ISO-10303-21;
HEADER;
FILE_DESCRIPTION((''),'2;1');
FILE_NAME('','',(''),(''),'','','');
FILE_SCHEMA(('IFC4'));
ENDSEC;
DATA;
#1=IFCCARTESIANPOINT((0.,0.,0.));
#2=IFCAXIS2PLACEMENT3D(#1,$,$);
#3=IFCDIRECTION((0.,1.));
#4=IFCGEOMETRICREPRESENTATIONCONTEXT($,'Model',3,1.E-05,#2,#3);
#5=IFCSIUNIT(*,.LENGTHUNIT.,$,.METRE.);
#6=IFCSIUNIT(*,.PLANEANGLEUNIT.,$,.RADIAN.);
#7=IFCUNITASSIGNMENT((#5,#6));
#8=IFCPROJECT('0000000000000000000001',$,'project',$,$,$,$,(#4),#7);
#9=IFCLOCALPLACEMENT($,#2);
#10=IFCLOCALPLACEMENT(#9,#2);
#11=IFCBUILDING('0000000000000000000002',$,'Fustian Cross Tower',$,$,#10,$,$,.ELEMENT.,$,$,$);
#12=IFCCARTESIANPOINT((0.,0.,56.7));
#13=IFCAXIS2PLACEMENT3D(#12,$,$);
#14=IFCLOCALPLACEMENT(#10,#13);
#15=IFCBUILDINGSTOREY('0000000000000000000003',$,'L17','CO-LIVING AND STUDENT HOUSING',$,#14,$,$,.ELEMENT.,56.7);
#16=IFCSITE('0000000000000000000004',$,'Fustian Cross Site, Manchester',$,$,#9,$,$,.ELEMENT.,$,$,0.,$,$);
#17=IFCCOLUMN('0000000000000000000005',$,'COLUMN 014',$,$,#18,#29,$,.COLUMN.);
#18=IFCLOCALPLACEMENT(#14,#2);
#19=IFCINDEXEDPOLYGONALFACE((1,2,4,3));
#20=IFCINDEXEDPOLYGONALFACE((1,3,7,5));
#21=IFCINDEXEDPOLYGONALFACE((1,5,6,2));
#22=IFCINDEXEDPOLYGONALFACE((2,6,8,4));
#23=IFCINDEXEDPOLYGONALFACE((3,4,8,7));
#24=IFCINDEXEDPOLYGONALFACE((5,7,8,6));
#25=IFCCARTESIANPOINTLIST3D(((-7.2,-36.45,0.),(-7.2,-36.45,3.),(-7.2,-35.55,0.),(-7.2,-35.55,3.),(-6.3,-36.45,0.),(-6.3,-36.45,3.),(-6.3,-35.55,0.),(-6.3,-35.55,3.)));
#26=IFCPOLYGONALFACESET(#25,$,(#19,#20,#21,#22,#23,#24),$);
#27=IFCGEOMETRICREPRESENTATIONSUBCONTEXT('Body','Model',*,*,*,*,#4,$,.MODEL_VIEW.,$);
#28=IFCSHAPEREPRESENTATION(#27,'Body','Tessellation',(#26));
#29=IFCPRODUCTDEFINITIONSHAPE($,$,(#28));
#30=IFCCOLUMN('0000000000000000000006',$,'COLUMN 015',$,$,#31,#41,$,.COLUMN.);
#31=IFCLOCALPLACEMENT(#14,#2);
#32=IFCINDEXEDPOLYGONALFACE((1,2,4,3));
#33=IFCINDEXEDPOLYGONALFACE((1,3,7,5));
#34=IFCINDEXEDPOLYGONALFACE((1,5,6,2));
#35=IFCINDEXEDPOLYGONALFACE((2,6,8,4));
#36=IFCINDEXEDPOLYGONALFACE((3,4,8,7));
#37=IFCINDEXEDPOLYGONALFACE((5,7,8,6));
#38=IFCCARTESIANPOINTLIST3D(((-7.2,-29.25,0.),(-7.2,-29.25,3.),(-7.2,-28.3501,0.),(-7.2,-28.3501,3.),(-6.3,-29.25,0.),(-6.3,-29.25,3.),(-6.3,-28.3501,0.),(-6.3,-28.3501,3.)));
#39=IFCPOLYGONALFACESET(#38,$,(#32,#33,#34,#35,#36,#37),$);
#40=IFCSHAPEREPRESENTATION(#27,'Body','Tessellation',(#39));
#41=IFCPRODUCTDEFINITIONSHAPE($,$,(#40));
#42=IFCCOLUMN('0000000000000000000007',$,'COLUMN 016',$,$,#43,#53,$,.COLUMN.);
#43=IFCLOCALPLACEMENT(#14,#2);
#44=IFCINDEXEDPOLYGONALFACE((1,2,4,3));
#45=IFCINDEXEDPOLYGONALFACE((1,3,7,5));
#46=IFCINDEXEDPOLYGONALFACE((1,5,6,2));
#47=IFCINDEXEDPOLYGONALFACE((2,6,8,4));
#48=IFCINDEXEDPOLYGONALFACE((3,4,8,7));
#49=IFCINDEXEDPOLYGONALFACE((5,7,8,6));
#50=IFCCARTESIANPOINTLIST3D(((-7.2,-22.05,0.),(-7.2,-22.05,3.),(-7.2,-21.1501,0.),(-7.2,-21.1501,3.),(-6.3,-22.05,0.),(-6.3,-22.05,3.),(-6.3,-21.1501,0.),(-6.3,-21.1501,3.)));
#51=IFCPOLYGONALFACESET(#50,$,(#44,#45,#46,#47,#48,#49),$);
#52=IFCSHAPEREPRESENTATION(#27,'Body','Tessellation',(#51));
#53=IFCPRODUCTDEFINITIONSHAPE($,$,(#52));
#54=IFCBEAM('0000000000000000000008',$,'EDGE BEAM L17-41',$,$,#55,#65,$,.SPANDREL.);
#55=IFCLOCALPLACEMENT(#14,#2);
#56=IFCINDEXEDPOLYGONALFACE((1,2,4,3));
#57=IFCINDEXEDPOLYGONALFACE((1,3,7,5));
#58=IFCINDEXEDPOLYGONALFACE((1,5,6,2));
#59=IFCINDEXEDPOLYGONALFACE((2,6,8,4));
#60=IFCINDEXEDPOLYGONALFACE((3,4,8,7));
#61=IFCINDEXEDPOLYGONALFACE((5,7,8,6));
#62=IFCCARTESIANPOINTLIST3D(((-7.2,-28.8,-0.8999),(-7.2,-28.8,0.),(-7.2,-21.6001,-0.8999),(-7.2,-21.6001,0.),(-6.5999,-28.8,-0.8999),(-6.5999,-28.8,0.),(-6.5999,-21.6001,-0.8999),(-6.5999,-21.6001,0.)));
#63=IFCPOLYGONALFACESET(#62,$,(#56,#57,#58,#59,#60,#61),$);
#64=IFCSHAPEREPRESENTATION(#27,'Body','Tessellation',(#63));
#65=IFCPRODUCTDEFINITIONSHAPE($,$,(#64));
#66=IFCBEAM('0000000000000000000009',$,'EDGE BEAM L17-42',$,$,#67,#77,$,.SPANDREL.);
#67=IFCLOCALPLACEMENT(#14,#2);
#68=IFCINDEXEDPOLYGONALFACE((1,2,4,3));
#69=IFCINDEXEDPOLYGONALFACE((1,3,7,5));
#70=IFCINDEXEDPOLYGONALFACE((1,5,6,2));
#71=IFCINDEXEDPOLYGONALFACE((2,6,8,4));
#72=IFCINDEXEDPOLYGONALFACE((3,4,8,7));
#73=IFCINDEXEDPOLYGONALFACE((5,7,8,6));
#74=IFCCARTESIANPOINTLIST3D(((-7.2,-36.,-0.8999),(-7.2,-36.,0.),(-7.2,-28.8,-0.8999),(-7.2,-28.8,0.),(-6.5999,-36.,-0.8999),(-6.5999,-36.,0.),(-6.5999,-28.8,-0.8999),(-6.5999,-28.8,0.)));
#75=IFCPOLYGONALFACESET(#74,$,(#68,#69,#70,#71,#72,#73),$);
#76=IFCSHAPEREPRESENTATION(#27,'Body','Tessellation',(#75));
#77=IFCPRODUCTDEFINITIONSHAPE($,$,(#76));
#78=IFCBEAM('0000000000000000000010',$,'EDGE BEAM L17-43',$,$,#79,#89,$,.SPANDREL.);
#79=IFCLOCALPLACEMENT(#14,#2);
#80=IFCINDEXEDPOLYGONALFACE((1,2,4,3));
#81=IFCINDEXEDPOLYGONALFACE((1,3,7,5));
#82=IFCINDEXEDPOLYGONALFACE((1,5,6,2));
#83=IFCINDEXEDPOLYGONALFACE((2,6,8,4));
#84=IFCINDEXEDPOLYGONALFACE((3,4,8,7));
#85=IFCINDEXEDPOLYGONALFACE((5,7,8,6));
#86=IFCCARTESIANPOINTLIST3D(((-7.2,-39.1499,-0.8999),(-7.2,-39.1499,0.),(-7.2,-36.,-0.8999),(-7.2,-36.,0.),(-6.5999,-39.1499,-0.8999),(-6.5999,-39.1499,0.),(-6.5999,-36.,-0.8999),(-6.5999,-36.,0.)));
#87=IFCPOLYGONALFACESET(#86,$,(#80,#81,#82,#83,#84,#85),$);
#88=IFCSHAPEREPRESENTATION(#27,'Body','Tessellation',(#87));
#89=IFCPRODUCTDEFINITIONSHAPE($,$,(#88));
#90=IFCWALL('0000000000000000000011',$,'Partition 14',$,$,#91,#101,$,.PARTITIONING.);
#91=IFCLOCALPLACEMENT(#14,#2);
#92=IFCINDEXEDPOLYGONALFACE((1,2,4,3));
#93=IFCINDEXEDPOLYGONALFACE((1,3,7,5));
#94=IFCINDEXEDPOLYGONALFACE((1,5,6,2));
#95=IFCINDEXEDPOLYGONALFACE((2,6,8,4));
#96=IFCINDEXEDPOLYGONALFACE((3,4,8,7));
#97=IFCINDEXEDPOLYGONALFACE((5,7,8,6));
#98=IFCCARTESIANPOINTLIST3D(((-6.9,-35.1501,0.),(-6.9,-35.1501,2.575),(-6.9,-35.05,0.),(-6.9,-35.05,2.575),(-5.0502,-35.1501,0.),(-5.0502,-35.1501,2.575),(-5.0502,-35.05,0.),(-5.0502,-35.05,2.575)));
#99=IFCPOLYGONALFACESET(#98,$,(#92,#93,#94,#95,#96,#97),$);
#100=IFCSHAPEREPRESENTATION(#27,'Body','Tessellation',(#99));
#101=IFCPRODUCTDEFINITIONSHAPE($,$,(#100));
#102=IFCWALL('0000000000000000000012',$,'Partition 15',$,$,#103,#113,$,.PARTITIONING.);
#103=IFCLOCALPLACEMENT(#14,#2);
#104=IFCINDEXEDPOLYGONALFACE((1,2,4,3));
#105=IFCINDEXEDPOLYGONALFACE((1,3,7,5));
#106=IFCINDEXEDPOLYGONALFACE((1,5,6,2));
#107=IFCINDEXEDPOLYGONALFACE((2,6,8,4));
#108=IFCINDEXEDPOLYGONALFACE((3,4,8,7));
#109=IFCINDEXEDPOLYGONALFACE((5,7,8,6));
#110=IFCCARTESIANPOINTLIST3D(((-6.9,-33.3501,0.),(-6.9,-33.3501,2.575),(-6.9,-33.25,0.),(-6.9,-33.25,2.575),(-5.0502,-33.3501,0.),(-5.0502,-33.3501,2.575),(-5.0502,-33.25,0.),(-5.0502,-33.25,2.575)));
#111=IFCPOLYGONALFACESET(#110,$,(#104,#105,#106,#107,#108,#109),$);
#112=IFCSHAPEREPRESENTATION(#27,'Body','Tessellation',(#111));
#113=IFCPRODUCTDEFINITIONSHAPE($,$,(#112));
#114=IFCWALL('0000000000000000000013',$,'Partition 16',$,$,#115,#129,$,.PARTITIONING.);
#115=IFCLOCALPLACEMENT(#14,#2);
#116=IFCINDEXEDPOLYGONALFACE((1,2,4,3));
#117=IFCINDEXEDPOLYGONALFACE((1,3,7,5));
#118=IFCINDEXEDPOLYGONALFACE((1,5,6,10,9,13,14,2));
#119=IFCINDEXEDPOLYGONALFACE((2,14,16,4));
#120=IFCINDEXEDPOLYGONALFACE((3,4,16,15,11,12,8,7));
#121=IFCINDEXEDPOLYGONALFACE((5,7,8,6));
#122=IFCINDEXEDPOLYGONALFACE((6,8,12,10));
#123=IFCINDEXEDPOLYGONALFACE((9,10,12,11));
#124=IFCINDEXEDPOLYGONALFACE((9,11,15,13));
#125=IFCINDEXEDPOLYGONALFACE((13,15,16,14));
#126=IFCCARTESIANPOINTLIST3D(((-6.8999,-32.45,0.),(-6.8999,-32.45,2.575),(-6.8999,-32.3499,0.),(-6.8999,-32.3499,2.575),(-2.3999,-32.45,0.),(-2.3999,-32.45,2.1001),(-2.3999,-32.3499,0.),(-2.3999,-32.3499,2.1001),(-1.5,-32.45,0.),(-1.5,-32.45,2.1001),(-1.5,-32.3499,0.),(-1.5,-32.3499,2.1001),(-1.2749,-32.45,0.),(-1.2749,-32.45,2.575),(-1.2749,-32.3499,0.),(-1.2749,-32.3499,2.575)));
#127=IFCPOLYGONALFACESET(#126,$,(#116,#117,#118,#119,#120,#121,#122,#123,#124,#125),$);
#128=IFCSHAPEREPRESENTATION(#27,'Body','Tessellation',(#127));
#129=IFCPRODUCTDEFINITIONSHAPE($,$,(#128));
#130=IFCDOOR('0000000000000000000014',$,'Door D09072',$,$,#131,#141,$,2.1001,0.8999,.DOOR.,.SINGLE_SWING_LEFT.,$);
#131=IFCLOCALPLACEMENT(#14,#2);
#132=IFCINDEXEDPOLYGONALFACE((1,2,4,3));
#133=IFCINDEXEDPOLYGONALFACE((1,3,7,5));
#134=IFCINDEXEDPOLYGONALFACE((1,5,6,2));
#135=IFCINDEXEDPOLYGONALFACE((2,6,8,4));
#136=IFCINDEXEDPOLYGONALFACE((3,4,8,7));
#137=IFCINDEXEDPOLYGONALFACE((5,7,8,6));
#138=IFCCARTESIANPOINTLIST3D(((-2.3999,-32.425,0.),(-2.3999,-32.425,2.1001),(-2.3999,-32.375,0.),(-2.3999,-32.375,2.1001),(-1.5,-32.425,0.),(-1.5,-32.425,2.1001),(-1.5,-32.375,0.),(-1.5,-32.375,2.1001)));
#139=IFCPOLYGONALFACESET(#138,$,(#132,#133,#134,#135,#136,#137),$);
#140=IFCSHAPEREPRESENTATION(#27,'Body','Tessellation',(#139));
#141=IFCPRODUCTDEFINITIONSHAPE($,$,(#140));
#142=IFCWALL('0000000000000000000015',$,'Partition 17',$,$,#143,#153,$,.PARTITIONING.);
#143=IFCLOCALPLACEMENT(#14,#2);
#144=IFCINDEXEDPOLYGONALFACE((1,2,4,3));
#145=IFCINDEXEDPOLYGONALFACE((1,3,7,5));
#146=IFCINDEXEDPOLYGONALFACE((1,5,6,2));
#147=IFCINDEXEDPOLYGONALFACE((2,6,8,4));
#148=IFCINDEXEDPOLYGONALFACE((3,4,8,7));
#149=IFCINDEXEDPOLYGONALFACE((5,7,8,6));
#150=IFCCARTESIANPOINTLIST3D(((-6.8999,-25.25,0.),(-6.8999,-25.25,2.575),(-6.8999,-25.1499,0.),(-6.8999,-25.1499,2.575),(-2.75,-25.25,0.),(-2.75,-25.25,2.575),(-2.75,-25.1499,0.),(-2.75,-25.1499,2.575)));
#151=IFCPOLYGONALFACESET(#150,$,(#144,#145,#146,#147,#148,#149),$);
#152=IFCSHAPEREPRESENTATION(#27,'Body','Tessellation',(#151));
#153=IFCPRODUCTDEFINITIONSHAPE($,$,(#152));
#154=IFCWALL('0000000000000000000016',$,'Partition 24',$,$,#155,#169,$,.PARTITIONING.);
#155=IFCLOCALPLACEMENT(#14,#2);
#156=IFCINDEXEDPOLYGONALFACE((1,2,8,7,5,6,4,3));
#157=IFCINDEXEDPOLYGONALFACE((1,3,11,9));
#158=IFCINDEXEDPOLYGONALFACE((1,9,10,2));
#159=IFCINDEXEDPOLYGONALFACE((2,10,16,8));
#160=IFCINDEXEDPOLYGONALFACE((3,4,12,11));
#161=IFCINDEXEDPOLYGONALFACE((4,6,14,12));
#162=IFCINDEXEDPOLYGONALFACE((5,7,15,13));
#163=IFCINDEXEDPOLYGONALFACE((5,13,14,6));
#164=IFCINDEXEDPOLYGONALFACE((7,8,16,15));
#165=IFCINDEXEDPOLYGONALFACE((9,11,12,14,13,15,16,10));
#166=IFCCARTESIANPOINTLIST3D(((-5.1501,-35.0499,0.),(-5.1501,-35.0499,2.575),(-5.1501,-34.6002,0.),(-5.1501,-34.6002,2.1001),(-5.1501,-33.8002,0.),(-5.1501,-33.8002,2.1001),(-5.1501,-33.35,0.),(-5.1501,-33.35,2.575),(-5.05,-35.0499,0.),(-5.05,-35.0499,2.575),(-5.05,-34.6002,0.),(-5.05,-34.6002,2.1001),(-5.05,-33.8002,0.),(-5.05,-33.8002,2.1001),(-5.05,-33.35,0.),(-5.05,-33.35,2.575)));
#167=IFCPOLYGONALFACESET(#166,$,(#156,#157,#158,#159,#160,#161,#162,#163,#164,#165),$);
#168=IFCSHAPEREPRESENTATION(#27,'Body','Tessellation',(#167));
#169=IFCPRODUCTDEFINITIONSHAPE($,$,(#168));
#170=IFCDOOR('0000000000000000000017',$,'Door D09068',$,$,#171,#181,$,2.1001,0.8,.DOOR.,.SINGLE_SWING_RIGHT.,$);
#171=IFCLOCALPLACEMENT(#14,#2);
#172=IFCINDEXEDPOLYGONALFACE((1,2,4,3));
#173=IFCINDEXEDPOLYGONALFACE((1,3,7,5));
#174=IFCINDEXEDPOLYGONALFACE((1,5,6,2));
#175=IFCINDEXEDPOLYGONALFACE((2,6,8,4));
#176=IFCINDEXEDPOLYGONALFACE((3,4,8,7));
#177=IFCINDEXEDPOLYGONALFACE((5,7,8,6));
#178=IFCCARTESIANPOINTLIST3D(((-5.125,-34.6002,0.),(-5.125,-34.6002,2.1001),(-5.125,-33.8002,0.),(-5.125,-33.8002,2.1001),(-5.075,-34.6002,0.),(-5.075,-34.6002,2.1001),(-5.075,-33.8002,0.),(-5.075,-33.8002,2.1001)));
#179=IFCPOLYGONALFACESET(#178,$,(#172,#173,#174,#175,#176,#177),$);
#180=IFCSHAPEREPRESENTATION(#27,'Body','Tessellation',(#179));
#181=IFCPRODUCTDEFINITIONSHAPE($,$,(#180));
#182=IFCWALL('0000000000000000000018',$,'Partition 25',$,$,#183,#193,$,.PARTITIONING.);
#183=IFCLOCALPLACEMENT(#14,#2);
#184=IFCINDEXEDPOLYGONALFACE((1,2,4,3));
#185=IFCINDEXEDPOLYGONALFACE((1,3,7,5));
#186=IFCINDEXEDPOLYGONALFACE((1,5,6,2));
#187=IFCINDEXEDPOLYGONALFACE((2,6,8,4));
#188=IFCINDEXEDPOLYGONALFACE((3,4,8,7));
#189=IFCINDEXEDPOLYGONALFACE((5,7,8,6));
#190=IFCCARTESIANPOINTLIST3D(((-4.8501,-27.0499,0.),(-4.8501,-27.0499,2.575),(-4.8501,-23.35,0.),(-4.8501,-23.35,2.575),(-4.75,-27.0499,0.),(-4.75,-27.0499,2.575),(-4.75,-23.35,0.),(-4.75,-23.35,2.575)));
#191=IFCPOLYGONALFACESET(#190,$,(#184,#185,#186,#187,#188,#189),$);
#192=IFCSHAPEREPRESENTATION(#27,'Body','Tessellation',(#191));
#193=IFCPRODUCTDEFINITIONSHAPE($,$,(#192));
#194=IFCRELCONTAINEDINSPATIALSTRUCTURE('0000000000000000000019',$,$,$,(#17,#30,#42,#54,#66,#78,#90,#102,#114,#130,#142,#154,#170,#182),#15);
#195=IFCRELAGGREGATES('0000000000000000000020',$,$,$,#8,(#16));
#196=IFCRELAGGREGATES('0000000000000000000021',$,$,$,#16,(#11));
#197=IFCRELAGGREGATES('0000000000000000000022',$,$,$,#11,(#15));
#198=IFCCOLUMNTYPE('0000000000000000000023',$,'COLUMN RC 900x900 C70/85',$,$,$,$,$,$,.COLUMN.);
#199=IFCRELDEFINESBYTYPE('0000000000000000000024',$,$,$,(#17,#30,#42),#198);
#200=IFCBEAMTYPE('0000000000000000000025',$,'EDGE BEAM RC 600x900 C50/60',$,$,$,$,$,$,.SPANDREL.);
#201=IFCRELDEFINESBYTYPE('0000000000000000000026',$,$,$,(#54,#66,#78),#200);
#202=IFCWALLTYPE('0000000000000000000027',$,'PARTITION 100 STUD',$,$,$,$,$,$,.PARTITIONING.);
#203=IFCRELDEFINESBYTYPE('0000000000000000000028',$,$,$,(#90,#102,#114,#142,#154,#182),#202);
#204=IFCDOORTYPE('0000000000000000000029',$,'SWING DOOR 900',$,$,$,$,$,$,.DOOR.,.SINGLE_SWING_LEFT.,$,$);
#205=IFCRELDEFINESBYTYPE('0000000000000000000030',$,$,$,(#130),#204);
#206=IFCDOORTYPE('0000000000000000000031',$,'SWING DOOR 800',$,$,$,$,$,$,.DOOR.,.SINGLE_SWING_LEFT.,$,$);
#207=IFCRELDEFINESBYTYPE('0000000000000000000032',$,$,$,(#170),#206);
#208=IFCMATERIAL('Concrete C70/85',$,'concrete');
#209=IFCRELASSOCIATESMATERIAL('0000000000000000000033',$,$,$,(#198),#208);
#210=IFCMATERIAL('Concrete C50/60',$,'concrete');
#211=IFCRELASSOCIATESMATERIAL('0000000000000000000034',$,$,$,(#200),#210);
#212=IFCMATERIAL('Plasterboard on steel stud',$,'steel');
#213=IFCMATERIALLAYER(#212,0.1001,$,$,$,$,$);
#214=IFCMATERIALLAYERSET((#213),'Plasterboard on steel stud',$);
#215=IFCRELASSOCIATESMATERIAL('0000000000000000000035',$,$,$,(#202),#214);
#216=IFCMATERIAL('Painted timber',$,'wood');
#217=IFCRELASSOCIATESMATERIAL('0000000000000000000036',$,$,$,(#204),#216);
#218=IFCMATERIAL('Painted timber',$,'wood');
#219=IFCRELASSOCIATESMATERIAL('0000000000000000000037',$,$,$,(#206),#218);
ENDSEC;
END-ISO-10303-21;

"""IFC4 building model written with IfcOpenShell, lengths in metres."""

from ifc_helpers import new_model, si_unit, direction, frame, frame_2d, origin, origin_2d, place, context, subcontext, project, spatial, rectangle, extrude, material, layer, layer_set, material_profile, profile_set, type_object, element, fill, save


model = new_model("IFC4")

# Units and contexts
model_context = context("Model", 3, precision=1e-05, world=origin(), true_north=direction((0.0, 1.0)))
body_context = subcontext(model_context, "Body", "Model", "MODEL_VIEW")
ifc_project = project(units=[si_unit("LENGTHUNIT", "METRE"), si_unit("PLANEANGLEUNIT", "RADIAN")], contexts=[model_context])

# Site, building, storey
site_placement = place(None, origin())
site = spatial("IfcSite", under=ifc_project, at=site_placement, Name="Fustian Cross Site, Manchester", CompositionType="ELEMENT", RefElevation=0.0)
building_placement = place(site_placement, origin())
building = spatial("IfcBuilding", under=site, at=building_placement, Name="Fustian Cross Tower", CompositionType="ELEMENT")
storey_placement = place(building_placement, frame((0.0, 0.0, 56.7)))
storey = spatial("IfcBuildingStorey", under=building, at=storey_placement, Name="L17", Description="CO-LIVING AND STUDENT HOUSING", CompositionType="ELEMENT", Elevation=56.7)

# Columns
ifc_material_1 = material(Name="Concrete C70/85", Category="concrete")
ifc_material_profile_1 = material_profile(ifc_material_1, rectangle(XDim=0.8999, YDim=0.8999, at=origin_2d()), Name="RC 900x900")
ifc_profile_set_1 = profile_set([ifc_material_profile_1], Name="Concrete C70/85")
column_type = type_object("IfcColumnType", Name="COLUMN RC 900x900 C70/85", PredefinedType="COLUMN", material=ifc_profile_set_1)
for number, where, z_axis, x_axis, name in (
    (1, (-6.75, -36.0, 0.0), (0.0, 0.0, 1.0), (1.0, 0.0, 0.0), "COLUMN 014"),
    (2, (-6.75, -28.8, 0.0), (0.0, 0.0, 1.0), (1.0, 0.0, 0.0), "COLUMN 015"),
    (3, (-6.75, -21.6001, 0.0), (0.0, 0.0, 1.0), (1.0, 0.0, 0.0), "COLUMN 016"),
):
    element("IfcColumn", number, at=place(storey_placement, frame(where, z_axis=z_axis, x_axis=x_axis)), inside=storey, type_object=column_type, Name=name, PredefinedType="COLUMN", context=body_context, shape_type="SweptSolid", body=[
        extrude(rectangle(XDim=0.8999, YDim=0.8999, at=origin_2d()), origin(), (0.0, 0.0, 1.0), 3.0),
    ])

# Beams
ifc_material_2 = material(Name="Concrete C50/60", Category="concrete")
ifc_material_profile_2 = material_profile(ifc_material_2, rectangle(XDim=0.6001, YDim=0.8999, at=origin_2d()), Name="RC 600x900")
ifc_profile_set_2 = profile_set([ifc_material_profile_2], Name="Concrete C50/60")
beam_type = type_object("IfcBeamType", Name="EDGE BEAM RC 600x900 C50/60", PredefinedType="SPANDREL", material=ifc_profile_set_2)
for number, where, z_axis, x_axis, name in (
    (4, (-6.8999, -21.6001, -0.45), (0.0, -1.0, 0.0), (1.0, 0.0, 0.0), "EDGE BEAM L17-41"),
    (5, (-6.8999, -28.8, -0.45), (0.0, -1.0, 0.0), (1.0, 0.0, 0.0), "EDGE BEAM L17-42"),
):
    element("IfcBeam", number, at=place(storey_placement, frame(where, z_axis=z_axis, x_axis=x_axis)), inside=storey, type_object=beam_type, Name=name, PredefinedType="SPANDREL", context=body_context, shape_type="SweptSolid", body=[
        extrude(rectangle(XDim=0.6001, YDim=0.8999, at=origin_2d()), origin(), (0.0, 0.0, 1.0), 7.2),
    ])
beam_placement = place(storey_placement, frame((-6.8999, -36.0, -0.45), z_axis=(0.0, -1.0, 0.0), x_axis=(1.0, 0.0, 0.0)))
element("IfcBeam", 6, at=beam_placement, inside=storey, type_object=beam_type, Name="EDGE BEAM L17-43", PredefinedType="SPANDREL", context=body_context, shape_type="SweptSolid", body=[
    extrude(rectangle(XDim=0.6001, YDim=0.8999, at=origin_2d()), origin(), (0.0, 0.0, 1.0), 3.1499),
])

# Walls
ifc_material_3 = material(Name="Plasterboard on steel stud", Category="steel")
ifc_layer_1 = layer(ifc_material_3, 0.1001)
ifc_layer_set_1 = layer_set([ifc_layer_1], Name="Plasterboard on steel stud")
wall_type_1 = type_object("IfcWallType", Name="PARTITION 100 STUD", PredefinedType="PARTITIONING", material=ifc_layer_set_1)
for number, where, z_axis, x_axis, name in (
    (7, (-6.8999, -35.1001, 0.0), (0.0, 0.0, 1.0), (1.0, 0.0, 0.0), "Partition 14"),
    (8, (-6.8999, -33.3, 0.0), (0.0, 0.0, 1.0), (1.0, 0.0, 0.0), "Partition 15"),
):
    element("IfcWall", number, at=place(storey_placement, frame(where, z_axis=z_axis, x_axis=x_axis)), inside=storey, type_object=wall_type_1, Name=name, PredefinedType="PARTITIONING", context=body_context, shape_type="SweptSolid", body=[
        extrude(rectangle(XDim=1.8499, YDim=0.1001, at=frame_2d((0.9248, 0.0))), origin(), (0.0, 0.0, 1.0), 2.575),
    ])

# Wall, opening, door
wall_1_placement = place(storey_placement, frame((-6.8999, -32.3999, 0.0), z_axis=(0.0, 0.0, 1.0), x_axis=(1.0, 0.0, 0.0)))
wall_1 = element("IfcWall", 9, at=wall_1_placement, inside=storey, type_object=wall_type_1, Name="Partition 16", PredefinedType="PARTITIONING", context=body_context, shape_type="SweptSolid", body=[
    extrude(rectangle(XDim=5.625, YDim=0.1001, at=frame_2d((2.8125, 0.0))), origin(), (0.0, 0.0, 1.0), 2.575),
])
opening_1_placement = place(wall_1_placement, frame((4.5, 0.0, 0.0)))
opening_1 = element("IfcOpeningElement", 10, at=opening_1_placement, cuts=wall_1, PredefinedType="OPENING", context=body_context, shape_type="SweptSolid", body=[
    extrude(rectangle(XDim=0.8999, YDim=2.1001, at=frame_2d((0.45, 1.05))), frame((0.0, 0.0601, 0.0), z_axis=(0.0, -1.0, 0.0), x_axis=(1.0, 0.0, 0.0)), (0.0, 0.0, 1.0), 0.1201),
])
ifc_material_4 = material(Name="Painted timber", Category="wood")
door_type_1 = type_object("IfcDoorType", Name="SWING DOOR 900", OperationType="SINGLE_SWING_LEFT", PredefinedType="DOOR", material=ifc_material_4)
door_1_placement = place(opening_1_placement, origin())
door_1 = element("IfcDoor", 11, at=door_1_placement, inside=storey, type_object=door_type_1, Name="Door D09072", OperationType="SINGLE_SWING_LEFT", OverallHeight=2.1001, OverallWidth=0.8999, PredefinedType="DOOR", context=body_context, shape_type="SweptSolid", body=[
    extrude(rectangle(XDim=0.8999, YDim=2.1001, at=frame_2d((0.45, 1.05))), frame((0.0, 0.0249, 0.0), z_axis=(0.0, -1.0, 0.0), x_axis=(1.0, 0.0, 0.0)), (0.0, 0.0, 1.0), 0.05),
])
fill(opening_1, door_1)

# Wall
wall_2_placement = place(storey_placement, frame((-6.8999, -25.2, 0.0), z_axis=(0.0, 0.0, 1.0), x_axis=(1.0, 0.0, 0.0)))
element("IfcWall", 12, at=wall_2_placement, inside=storey, type_object=wall_type_1, Name="Partition 17", PredefinedType="PARTITIONING", context=body_context, shape_type="SweptSolid", body=[
    extrude(rectangle(XDim=4.1499, YDim=0.1001, at=frame_2d((2.075, 0.0))), origin(), (0.0, 0.0, 1.0), 2.575),
])

# Wall, opening, door
wall_3_placement = place(storey_placement, frame((-5.1001, -35.05, 0.0), z_axis=(0.0, 0.0, 1.0), x_axis=(0.0, 1.0, 0.0)))
wall_3 = element("IfcWall", 13, at=wall_3_placement, inside=storey, type_object=wall_type_1, Name="Partition 24", PredefinedType="PARTITIONING", context=body_context, shape_type="SweptSolid", body=[
    extrude(rectangle(XDim=1.7, YDim=0.1001, at=frame_2d((0.8501, 0.0))), origin(), (0.0, 0.0, 1.0), 2.575),
])
opening_2_placement = place(wall_3_placement, frame((0.45, 0.0, 0.0)))
opening_2 = element("IfcOpeningElement", 14, at=opening_2_placement, cuts=wall_3, PredefinedType="OPENING", context=body_context, shape_type="SweptSolid", body=[
    extrude(rectangle(XDim=0.8, YDim=2.1001, at=frame_2d((0.3999, 1.05))), frame((0.0, 0.0601, 0.0), z_axis=(0.0, -1.0, 0.0), x_axis=(1.0, 0.0, 0.0)), (0.0, 0.0, 1.0), 0.1201),
])
ifc_material_5 = material(Name="Painted timber", Category="wood")
door_type_2 = type_object("IfcDoorType", Name="SWING DOOR 800", OperationType="SINGLE_SWING_LEFT", PredefinedType="DOOR", material=ifc_material_5)
door_2_placement = place(opening_2_placement, origin())
door_2 = element("IfcDoor", 15, at=door_2_placement, inside=storey, type_object=door_type_2, Name="Door D09068", OperationType="SINGLE_SWING_RIGHT", OverallHeight=2.1001, OverallWidth=0.8, PredefinedType="DOOR", context=body_context, shape_type="SweptSolid", body=[
    extrude(rectangle(XDim=0.8, YDim=2.1001, at=frame_2d((0.3999, 1.05))), frame((0.0, 0.0249, 0.0), z_axis=(0.0, -1.0, 0.0), x_axis=(1.0, 0.0, 0.0)), (0.0, 0.0, 1.0), 0.05),
])
fill(opening_2, door_2)

# Wall
wall_4_placement = place(storey_placement, frame((-4.8, -27.05, 0.0), z_axis=(0.0, 0.0, 1.0), x_axis=(0.0, 1.0, 0.0)))
element("IfcWall", 16, at=wall_4_placement, inside=storey, type_object=wall_type_1, Name="Partition 25", PredefinedType="PARTITIONING", context=body_context, shape_type="SweptSolid", body=[
    extrude(rectangle(XDim=3.7, YDim=0.1001, at=frame_2d((1.8501, 0.0))), origin(), (0.0, 0.0, 1.0), 2.575),
])

save(model, "model.ifc")
